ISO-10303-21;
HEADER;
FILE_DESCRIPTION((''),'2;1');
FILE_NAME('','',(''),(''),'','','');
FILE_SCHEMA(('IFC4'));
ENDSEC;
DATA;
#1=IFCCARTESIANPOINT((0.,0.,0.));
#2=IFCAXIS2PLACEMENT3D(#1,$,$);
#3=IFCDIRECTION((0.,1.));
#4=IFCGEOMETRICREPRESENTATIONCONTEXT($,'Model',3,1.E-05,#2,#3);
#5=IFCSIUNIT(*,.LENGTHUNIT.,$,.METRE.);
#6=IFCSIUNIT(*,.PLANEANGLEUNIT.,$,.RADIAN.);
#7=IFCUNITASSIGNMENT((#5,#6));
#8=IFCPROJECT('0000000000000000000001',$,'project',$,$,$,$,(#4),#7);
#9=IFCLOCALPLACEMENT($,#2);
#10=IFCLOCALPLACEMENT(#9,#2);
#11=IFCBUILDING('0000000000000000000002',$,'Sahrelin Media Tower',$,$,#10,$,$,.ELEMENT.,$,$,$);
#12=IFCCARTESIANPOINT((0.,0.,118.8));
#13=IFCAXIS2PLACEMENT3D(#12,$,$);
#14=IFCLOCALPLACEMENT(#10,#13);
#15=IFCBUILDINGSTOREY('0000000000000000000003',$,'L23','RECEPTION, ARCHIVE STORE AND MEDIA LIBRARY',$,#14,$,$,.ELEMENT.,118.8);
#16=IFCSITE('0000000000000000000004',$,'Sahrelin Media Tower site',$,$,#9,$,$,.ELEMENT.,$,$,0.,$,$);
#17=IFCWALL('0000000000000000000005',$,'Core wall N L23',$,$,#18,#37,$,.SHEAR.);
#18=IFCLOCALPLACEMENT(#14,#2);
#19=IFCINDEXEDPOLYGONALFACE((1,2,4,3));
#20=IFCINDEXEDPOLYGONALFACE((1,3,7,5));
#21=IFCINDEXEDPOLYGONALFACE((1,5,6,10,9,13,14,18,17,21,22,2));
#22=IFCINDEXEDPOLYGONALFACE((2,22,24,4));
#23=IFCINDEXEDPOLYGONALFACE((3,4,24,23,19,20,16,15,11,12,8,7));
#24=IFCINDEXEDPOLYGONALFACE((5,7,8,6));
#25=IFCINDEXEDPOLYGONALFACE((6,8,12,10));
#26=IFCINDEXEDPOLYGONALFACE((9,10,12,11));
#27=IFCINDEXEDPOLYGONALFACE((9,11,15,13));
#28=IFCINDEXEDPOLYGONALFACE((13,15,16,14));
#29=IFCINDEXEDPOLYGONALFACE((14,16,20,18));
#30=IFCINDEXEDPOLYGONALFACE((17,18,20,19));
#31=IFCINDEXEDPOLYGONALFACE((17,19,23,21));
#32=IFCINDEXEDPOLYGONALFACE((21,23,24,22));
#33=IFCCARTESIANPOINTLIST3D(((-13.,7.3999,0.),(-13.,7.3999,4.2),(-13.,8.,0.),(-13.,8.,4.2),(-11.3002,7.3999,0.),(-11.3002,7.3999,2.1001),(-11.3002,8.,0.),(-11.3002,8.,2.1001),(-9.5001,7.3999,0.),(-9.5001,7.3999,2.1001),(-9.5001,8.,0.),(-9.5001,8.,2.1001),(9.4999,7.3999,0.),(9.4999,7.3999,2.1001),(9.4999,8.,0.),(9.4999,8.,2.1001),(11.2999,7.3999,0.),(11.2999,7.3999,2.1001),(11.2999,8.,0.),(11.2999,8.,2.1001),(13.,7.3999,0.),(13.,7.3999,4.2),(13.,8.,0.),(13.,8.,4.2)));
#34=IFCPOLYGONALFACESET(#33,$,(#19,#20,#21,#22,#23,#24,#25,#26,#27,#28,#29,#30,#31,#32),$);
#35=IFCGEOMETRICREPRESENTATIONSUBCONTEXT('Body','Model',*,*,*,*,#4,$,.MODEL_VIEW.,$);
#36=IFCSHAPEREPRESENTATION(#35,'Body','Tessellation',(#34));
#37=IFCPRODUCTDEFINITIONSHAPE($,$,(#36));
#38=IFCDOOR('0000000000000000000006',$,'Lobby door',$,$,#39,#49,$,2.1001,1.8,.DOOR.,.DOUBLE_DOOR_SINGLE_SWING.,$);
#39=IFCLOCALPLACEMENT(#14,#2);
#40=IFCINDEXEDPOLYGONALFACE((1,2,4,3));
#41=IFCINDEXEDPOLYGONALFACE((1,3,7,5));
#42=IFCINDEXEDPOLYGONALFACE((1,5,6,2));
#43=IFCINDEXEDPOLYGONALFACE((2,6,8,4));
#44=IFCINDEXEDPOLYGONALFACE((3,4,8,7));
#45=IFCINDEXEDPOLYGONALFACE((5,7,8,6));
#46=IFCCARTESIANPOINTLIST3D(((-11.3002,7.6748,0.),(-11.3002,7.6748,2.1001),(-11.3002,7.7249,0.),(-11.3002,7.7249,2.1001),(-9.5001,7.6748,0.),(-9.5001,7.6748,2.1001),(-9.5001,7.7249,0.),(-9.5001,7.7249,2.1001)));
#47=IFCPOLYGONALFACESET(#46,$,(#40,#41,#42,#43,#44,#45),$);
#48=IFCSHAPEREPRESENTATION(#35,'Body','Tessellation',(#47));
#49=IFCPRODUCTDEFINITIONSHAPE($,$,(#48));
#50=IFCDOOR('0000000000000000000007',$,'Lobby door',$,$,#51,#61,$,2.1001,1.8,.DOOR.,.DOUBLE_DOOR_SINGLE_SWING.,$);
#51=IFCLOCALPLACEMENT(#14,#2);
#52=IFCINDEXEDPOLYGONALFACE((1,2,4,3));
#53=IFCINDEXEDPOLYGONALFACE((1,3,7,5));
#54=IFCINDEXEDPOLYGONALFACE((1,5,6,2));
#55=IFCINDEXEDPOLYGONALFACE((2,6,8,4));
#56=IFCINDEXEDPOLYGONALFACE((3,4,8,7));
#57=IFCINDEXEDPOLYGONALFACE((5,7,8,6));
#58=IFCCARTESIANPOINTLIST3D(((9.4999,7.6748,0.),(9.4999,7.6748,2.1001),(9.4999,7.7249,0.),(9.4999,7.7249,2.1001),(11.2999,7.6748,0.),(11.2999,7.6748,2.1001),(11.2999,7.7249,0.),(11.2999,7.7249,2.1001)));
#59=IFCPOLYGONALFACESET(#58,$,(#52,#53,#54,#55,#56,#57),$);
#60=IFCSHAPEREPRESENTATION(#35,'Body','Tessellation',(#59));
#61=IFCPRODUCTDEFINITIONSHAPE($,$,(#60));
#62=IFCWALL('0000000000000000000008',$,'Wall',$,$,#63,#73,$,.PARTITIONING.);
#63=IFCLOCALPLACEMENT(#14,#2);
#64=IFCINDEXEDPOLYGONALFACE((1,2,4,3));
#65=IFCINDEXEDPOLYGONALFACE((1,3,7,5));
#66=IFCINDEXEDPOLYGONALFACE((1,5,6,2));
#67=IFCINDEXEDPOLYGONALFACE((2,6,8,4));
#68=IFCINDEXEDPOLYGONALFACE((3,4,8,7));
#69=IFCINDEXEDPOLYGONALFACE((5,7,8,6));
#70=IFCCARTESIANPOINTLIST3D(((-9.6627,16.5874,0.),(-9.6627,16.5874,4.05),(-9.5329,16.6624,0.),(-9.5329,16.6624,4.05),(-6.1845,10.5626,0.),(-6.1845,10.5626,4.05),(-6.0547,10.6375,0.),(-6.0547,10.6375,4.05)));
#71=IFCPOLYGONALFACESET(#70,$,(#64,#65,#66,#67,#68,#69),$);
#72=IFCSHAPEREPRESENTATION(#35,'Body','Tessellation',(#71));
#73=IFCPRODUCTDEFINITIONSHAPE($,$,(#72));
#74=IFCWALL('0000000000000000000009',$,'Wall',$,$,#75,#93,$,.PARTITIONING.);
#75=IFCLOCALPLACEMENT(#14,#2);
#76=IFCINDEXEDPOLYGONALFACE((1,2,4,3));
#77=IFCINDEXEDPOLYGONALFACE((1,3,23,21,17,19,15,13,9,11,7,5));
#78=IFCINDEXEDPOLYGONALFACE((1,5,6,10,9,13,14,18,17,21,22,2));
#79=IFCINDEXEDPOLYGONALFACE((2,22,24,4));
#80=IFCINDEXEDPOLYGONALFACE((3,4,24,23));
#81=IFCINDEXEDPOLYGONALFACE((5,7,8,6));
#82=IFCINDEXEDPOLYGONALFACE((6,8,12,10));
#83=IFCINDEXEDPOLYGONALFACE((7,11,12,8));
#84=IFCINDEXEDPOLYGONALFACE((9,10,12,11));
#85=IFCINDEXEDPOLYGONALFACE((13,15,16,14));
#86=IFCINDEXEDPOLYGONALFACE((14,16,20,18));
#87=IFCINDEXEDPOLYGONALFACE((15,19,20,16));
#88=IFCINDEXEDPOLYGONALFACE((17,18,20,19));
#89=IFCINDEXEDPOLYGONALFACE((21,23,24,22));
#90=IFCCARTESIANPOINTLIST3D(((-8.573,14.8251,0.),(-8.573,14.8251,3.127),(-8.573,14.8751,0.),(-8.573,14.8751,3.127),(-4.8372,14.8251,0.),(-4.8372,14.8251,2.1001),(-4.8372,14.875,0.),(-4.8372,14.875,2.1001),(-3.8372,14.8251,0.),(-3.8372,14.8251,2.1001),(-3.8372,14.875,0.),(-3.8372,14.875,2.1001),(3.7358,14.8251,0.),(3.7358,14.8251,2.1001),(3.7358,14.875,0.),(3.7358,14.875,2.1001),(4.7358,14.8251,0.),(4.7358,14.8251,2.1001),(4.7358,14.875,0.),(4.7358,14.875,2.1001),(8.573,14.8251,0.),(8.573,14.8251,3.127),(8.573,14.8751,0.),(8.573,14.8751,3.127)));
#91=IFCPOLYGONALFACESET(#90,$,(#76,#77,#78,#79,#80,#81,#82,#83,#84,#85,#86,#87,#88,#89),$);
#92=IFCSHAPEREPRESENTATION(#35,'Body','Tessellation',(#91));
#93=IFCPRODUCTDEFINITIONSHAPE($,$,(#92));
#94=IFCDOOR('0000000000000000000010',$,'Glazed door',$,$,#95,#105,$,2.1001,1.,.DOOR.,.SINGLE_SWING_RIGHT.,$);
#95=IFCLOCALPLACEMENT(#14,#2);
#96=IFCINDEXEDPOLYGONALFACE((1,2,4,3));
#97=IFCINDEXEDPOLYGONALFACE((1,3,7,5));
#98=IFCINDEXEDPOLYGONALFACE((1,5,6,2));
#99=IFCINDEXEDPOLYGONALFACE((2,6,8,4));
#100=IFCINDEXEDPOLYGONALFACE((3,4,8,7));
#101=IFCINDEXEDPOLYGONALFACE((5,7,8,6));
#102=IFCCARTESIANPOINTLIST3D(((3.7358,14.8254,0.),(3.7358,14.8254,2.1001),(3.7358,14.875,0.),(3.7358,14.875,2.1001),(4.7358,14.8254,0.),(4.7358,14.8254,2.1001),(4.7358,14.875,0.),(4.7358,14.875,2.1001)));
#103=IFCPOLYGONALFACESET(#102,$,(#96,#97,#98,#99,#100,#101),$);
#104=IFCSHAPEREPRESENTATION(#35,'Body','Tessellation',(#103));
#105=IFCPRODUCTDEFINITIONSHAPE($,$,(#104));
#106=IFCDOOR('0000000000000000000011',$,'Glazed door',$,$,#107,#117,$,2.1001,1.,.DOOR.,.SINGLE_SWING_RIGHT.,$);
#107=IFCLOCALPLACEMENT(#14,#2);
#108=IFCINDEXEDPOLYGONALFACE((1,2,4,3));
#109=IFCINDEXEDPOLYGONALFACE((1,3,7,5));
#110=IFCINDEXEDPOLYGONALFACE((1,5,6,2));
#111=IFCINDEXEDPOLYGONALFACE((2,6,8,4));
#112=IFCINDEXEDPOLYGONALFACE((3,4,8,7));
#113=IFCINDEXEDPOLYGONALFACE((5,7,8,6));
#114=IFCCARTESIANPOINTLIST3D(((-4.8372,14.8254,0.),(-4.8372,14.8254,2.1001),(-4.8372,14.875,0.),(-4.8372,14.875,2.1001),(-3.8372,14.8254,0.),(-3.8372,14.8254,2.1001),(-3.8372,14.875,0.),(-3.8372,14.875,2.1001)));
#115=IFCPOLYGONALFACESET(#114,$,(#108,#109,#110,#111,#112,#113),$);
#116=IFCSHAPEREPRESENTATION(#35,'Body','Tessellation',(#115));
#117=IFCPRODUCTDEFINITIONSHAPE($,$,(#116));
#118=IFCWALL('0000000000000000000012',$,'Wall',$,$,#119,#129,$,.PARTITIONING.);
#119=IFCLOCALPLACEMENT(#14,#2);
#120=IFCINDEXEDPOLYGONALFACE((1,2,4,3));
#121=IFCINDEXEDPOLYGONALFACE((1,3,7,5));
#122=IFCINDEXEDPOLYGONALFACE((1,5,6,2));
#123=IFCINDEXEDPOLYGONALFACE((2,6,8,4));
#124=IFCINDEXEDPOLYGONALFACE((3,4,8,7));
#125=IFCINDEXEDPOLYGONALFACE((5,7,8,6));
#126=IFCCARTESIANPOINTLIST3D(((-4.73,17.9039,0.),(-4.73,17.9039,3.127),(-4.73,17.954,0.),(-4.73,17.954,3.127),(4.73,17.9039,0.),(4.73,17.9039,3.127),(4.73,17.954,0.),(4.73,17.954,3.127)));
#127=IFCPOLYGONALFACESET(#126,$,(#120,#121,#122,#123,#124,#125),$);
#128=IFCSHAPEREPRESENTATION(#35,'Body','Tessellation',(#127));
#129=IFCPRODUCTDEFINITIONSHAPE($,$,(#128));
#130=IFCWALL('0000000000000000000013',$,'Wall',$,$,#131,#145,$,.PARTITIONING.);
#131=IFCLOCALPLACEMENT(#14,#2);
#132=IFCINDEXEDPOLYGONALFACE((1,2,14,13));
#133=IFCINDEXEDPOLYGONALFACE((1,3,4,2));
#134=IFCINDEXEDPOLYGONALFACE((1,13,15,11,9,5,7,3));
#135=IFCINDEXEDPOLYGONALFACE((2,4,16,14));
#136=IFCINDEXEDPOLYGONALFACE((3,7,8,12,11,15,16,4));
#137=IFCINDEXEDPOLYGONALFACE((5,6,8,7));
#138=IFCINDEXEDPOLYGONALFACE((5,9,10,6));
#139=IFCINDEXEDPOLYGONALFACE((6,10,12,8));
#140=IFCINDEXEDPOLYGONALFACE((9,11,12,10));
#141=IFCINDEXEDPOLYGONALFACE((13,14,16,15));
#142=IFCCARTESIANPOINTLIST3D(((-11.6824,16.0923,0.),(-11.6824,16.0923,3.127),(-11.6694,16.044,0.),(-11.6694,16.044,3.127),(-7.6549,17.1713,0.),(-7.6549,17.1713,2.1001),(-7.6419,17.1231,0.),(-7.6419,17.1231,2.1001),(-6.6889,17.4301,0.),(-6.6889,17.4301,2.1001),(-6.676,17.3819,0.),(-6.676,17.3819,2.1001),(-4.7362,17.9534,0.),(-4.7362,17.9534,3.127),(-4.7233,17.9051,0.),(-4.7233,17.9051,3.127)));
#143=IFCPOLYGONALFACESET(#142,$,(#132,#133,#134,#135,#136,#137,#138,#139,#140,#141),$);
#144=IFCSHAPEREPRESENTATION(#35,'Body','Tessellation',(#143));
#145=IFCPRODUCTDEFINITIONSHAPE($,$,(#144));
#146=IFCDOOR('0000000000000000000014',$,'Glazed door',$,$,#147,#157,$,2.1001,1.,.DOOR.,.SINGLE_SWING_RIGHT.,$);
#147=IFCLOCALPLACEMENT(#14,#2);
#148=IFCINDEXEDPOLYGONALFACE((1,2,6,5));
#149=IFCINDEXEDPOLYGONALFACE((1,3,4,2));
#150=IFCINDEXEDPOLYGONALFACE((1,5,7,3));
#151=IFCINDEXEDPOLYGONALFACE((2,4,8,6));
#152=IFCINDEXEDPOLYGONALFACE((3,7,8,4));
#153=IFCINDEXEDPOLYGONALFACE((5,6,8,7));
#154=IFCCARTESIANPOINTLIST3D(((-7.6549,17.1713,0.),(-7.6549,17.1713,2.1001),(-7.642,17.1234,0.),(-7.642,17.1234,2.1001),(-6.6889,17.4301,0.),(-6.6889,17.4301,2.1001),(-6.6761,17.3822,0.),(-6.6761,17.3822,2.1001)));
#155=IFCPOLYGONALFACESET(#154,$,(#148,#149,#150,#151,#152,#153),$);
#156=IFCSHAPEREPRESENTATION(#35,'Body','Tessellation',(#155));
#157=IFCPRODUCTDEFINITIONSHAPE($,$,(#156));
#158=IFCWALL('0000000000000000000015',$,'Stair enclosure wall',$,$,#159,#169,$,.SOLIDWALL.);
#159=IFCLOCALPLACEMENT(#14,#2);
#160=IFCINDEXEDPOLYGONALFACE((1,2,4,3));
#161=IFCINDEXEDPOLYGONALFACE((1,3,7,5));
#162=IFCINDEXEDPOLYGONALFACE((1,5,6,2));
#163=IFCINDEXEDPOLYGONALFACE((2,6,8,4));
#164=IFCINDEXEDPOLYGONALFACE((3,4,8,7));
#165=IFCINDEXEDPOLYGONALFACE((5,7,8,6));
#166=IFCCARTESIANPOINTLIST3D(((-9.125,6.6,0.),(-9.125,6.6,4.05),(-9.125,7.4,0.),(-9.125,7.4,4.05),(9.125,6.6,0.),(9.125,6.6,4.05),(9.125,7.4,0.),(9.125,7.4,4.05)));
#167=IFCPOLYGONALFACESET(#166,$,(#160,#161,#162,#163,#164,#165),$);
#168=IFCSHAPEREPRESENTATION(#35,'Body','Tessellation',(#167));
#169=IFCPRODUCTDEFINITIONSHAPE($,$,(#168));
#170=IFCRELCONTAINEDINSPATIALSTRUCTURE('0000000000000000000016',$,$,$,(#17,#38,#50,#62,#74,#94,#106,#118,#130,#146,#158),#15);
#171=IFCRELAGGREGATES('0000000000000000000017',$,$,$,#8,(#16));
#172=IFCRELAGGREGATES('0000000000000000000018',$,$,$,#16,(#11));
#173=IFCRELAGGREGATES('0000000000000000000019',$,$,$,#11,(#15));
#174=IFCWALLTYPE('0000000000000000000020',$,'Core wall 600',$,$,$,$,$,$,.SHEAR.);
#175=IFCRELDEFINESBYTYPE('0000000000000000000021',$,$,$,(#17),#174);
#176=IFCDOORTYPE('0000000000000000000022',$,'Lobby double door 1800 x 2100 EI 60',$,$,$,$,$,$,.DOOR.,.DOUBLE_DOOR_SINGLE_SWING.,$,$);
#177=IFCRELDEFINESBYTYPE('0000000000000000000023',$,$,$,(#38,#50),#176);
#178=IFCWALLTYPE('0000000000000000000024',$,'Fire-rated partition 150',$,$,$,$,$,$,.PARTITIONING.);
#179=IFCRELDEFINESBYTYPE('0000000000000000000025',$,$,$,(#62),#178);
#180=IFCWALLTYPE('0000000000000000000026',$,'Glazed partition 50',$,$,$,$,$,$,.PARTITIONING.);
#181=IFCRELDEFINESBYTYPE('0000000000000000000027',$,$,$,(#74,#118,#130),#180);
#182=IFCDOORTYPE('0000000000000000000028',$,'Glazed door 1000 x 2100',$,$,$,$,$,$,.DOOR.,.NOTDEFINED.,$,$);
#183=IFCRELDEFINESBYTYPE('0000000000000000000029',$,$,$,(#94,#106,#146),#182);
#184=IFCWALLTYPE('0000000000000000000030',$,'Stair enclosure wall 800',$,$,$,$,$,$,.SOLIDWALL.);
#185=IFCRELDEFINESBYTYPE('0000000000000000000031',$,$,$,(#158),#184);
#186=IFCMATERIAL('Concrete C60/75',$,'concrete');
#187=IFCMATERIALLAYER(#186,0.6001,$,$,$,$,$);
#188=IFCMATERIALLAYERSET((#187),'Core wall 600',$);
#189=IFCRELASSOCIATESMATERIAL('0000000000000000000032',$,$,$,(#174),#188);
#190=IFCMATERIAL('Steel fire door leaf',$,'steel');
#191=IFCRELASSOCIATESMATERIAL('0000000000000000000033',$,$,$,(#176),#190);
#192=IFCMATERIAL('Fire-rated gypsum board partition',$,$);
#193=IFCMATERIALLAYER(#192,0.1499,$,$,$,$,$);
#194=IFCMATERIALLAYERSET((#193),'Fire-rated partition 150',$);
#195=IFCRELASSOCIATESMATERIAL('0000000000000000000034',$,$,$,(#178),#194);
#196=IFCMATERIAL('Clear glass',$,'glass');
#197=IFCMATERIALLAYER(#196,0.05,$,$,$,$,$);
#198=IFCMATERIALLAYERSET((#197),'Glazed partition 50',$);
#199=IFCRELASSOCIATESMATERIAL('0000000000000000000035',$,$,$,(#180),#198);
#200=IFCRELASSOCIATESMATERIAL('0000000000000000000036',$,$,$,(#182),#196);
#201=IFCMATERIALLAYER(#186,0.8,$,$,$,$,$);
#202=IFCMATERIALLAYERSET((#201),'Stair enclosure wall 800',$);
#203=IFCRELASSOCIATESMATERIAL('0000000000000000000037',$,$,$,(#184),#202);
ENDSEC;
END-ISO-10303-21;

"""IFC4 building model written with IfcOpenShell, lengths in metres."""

from ifc_helpers import new_model, si_unit, direction, frame, frame_2d, origin, place, context, subcontext, project, spatial, rectangle, extrude, material, layer, layer_set, type_object, element, fill, save


model = new_model("IFC4")

# Units and contexts
model_context = context("Model", 3, precision=1e-05, world=origin(), true_north=direction((0.0, 1.0)))
body_context = subcontext(model_context, "Body", "Model", "MODEL_VIEW")
ifc_project = project(units=[si_unit("LENGTHUNIT", "METRE"), si_unit("PLANEANGLEUNIT", "RADIAN")], contexts=[model_context])

# Site, building, storey
site_placement = place(None, origin())
site = spatial("IfcSite", under=ifc_project, at=site_placement, Name="Sahrelin Media Tower site", CompositionType="ELEMENT", RefElevation=0.0)
building_placement = place(site_placement, origin())
building = spatial("IfcBuilding", under=site, at=building_placement, Name="Sahrelin Media Tower", CompositionType="ELEMENT")
storey_placement = place(building_placement, frame((0.0, 0.0, 118.8)))
storey = spatial("IfcBuildingStorey", under=building, at=storey_placement, Name="L23", Description="RECEPTION, ARCHIVE STORE AND MEDIA LIBRARY", CompositionType="ELEMENT", Elevation=118.8)

# Wall, openings, doors
ifc_material_1 = material(Name="Concrete C60/75", Category="concrete")
ifc_layer_1 = layer(ifc_material_1, 0.6001)
ifc_layer_set_1 = layer_set([ifc_layer_1], Name="Core wall 600")
wall_type_1 = type_object("IfcWallType", Name="Core wall 600", PredefinedType="SHEAR", material=ifc_layer_set_1)
wall_1_placement = place(storey_placement, frame((-13.0, 7.7, 0.0), z_axis=(0.0, 0.0, 1.0), x_axis=(1.0, 0.0, 0.0)))
wall_1 = element("IfcWall", 1, at=wall_1_placement, inside=storey, type_object=wall_type_1, Name="Core wall N L23", PredefinedType="SHEAR", context=body_context, shape_type="SweptSolid", body=[
    extrude(rectangle(XDim=26.0, YDim=0.6001, at=frame_2d((13.0, 0.0))), origin(), (0.0, 0.0, 1.0), 4.2),
])
opening_1_placement = place(wall_1_placement, frame((1.7, 0.0, 0.0)))
opening_1 = element("IfcOpeningElement", 2, at=opening_1_placement, cuts=wall_1, PredefinedType="OPENING", context=body_context, shape_type="SweptSolid", body=[
    extrude(rectangle(XDim=1.8, YDim=2.1001, at=frame_2d((0.8999, 1.05))), frame((0.0, 0.3, 0.0), z_axis=(0.0, -1.0, 0.0), x_axis=(1.0, 0.0, 0.0)), (0.0, 0.0, 1.0), 0.6001),
])
opening_2_placement = place(wall_1_placement, frame((22.5, 0.0, 0.0)))
opening_2 = element("IfcOpeningElement", 3, at=opening_2_placement, cuts=wall_1, PredefinedType="OPENING", context=body_context, shape_type="SweptSolid", body=[
    extrude(rectangle(XDim=1.8, YDim=2.1001, at=frame_2d((0.8999, 1.05))), frame((0.0, 0.3, 0.0), z_axis=(0.0, -1.0, 0.0), x_axis=(1.0, 0.0, 0.0)), (0.0, 0.0, 1.0), 0.6001),
])
ifc_material_2 = material(Name="Steel fire door leaf", Category="steel")
door_type_1 = type_object("IfcDoorType", Name="Lobby double door 1800 x 2100 EI 60", OperationType="DOUBLE_DOOR_SINGLE_SWING", PredefinedType="DOOR", material=ifc_material_2)
door_1_placement = place(opening_1_placement, origin())
door_1 = element("IfcDoor", 4, at=door_1_placement, inside=storey, type_object=door_type_1, Name="Lobby door", OperationType="DOUBLE_DOOR_SINGLE_SWING", OverallHeight=2.1001, OverallWidth=1.8, PredefinedType="DOOR", context=body_context, shape_type="SweptSolid", body=[
    extrude(rectangle(XDim=1.8, YDim=2.1001, at=frame_2d((0.8999, 1.05))), frame((0.0, 0.0249, 0.0), z_axis=(0.0, -1.0, 0.0), x_axis=(1.0, 0.0, 0.0)), (0.0, 0.0, 1.0), 0.05),
])
fill(opening_1, door_1)
door_2_placement = place(opening_2_placement, origin())
door_2 = element("IfcDoor", 5, at=door_2_placement, inside=storey, type_object=door_type_1, Name="Lobby door", OperationType="DOUBLE_DOOR_SINGLE_SWING", OverallHeight=2.1001, OverallWidth=1.8, PredefinedType="DOOR", context=body_context, shape_type="SweptSolid", body=[
    extrude(rectangle(XDim=1.8, YDim=2.1001, at=frame_2d((0.8999, 1.05))), frame((0.0, 0.0249, 0.0), z_axis=(0.0, -1.0, 0.0), x_axis=(1.0, 0.0, 0.0)), (0.0, 0.0, 1.0), 0.05),
])
fill(opening_2, door_2)

# Wall
ifc_material_3 = material(Name="Fire-rated gypsum board partition")
ifc_layer_2 = layer(ifc_material_3, 0.1499)
ifc_layer_set_2 = layer_set([ifc_layer_2], Name="Fire-rated partition 150")
wall_type_2 = type_object("IfcWallType", Name="Fire-rated partition 150", PredefinedType="PARTITIONING", material=ifc_layer_set_2)
wall_2_placement = place(storey_placement, frame((-9.5979, 16.625, 0.0), z_axis=(0.0, 0.0, 1.0), x_axis=(0.499978, -0.866038, 0.0)))
element("IfcWall", 6, at=wall_2_placement, inside=storey, type_object=wall_type_2, Name="Wall", PredefinedType="PARTITIONING", context=body_context, shape_type="SweptSolid", body=[
    extrude(rectangle(XDim=6.9568, YDim=0.1499, at=frame_2d((3.4785, 0.0))), origin(), (0.0, 0.0, 1.0), 4.05),
])

# Wall, openings, doors
ifc_material_4 = material(Name="Clear glass", Category="glass")
ifc_layer_3 = layer(ifc_material_4, 0.05)
ifc_layer_set_3 = layer_set([ifc_layer_3], Name="Glazed partition 50")
wall_type_3 = type_object("IfcWallType", Name="Glazed partition 50", PredefinedType="PARTITIONING", material=ifc_layer_set_3)
wall_3_placement = place(storey_placement, frame((-8.573, 14.8501, 0.0), z_axis=(0.0, 0.0, 1.0), x_axis=(1.0, 0.0, 0.0)))
wall_3 = element("IfcWall", 7, at=wall_3_placement, inside=storey, type_object=wall_type_3, Name="Wall", PredefinedType="PARTITIONING", context=body_context, shape_type="SweptSolid", body=[
    extrude(rectangle(XDim=17.146, YDim=0.05, at=frame_2d((8.573, 0.0))), origin(), (0.0, 0.0, 1.0), 3.127),
])
opening_3_placement = place(wall_3_placement, frame((12.3088, 0.0, 0.0)))
opening_3 = element("IfcOpeningElement", 8, at=opening_3_placement, cuts=wall_3, PredefinedType="OPENING", context=body_context, shape_type="SweptSolid", body=[
    extrude(rectangle(XDim=1.0, YDim=2.1001, at=frame_2d((0.5, 1.05))), frame((0.0, 0.0249, 0.0), z_axis=(0.0, -1.0, 0.0), x_axis=(1.0, 0.0, 0.0)), (0.0, 0.0, 1.0), 0.05),
])
opening_4_placement = place(wall_3_placement, frame((3.7358, 0.0, 0.0)))
opening_4 = element("IfcOpeningElement", 9, at=opening_4_placement, cuts=wall_3, PredefinedType="OPENING", context=body_context, shape_type="SweptSolid", body=[
    extrude(rectangle(XDim=1.0, YDim=2.1001, at=frame_2d((0.5, 1.05))), frame((0.0, 0.0249, 0.0), z_axis=(0.0, -1.0, 0.0), x_axis=(1.0, 0.0, 0.0)), (0.0, 0.0, 1.0), 0.05),
])
door_type_2 = type_object("IfcDoorType", Name="Glazed door 1000 x 2100", OperationType="NOTDEFINED", PredefinedType="DOOR", material=ifc_material_4)
door_3_placement = place(opening_3_placement, origin())
door_3 = element("IfcDoor", 10, at=door_3_placement, inside=storey, type_object=door_type_2, Name="Glazed door", OperationType="SINGLE_SWING_RIGHT", OverallHeight=2.1001, OverallWidth=1.0, PredefinedType="DOOR", context=body_context, shape_type="SweptSolid", body=[
    extrude(rectangle(XDim=1.0, YDim=2.1001, at=frame_2d((0.5, 1.05))), frame((0.0, 0.0249, 0.0), z_axis=(0.0, -1.0, 0.0), x_axis=(1.0, 0.0, 0.0)), (0.0, 0.0, 1.0), 0.0496),
])
fill(opening_3, door_3)
door_4_placement = place(opening_4_placement, origin())
door_4 = element("IfcDoor", 11, at=door_4_placement, inside=storey, type_object=door_type_2, Name="Glazed door", OperationType="SINGLE_SWING_RIGHT", OverallHeight=2.1001, OverallWidth=1.0, PredefinedType="DOOR", context=body_context, shape_type="SweptSolid", body=[
    extrude(rectangle(XDim=1.0, YDim=2.1001, at=frame_2d((0.5, 1.05))), frame((0.0, 0.0249, 0.0), z_axis=(0.0, -1.0, 0.0), x_axis=(1.0, 0.0, 0.0)), (0.0, 0.0, 1.0), 0.0496),
])
fill(opening_4, door_4)

# Wall
wall_4_placement = place(storey_placement, frame((-4.73, 17.929, 0.0), z_axis=(0.0, 0.0, 1.0), x_axis=(1.0, 0.0, 0.0)))
element("IfcWall", 12, at=wall_4_placement, inside=storey, type_object=wall_type_3, Name="Wall", PredefinedType="PARTITIONING", context=body_context, shape_type="SweptSolid", body=[
    extrude(rectangle(XDim=9.46, YDim=0.05, at=frame_2d((4.73, 0.0))), origin(), (0.0, 0.0, 1.0), 3.127),
])

# Wall, opening, door
wall_5_placement = place(storey_placement, frame((-11.676, 16.0681, 0.0), z_axis=(0.0, 0.0, 1.0), x_axis=(0.965929, 0.258806, 0.0)))
wall_5 = element("IfcWall", 13, at=wall_5_placement, inside=storey, type_object=wall_type_3, Name="Wall", PredefinedType="PARTITIONING", context=body_context, shape_type="SweptSolid", body=[
    extrude(rectangle(XDim=7.1912, YDim=0.05, at=frame_2d((3.5957, 0.0))), origin(), (0.0, 0.0, 1.0), 3.127),
])
opening_5_placement = place(wall_5_placement, frame((4.1697, 0.0, 0.0)))
opening_5 = element("IfcOpeningElement", 14, at=opening_5_placement, cuts=wall_5, PredefinedType="OPENING", context=body_context, shape_type="SweptSolid", body=[
    extrude(rectangle(XDim=1.0, YDim=2.1001, at=frame_2d((0.5, 1.05))), frame((0.0, 0.0249, 0.0), z_axis=(0.0, -1.0, 0.0), x_axis=(1.0, 0.0, 0.0)), (0.0, 0.0, 1.0), 0.05),
])
door_5_placement = place(opening_5_placement, origin())
door_5 = element("IfcDoor", 15, at=door_5_placement, inside=storey, type_object=door_type_2, Name="Glazed door", OperationType="SINGLE_SWING_RIGHT", OverallHeight=2.1001, OverallWidth=1.0, PredefinedType="DOOR", context=body_context, shape_type="SweptSolid", body=[
    extrude(rectangle(XDim=1.0, YDim=2.1001, at=frame_2d((0.5, 1.05))), frame((0.0, 0.0249, 0.0), z_axis=(0.0, -1.0, 0.0), x_axis=(1.0, 0.0, 0.0)), (0.0, 0.0, 1.0), 0.0496),
])
fill(opening_5, door_5)

# Wall
ifc_layer_4 = layer(ifc_material_1, 0.8)
ifc_layer_set_4 = layer_set([ifc_layer_4], Name="Stair enclosure wall 800")
wall_type_4 = type_object("IfcWallType", Name="Stair enclosure wall 800", PredefinedType="SOLIDWALL", material=ifc_layer_set_4)
wall_6_placement = place(storey_placement, frame((-9.125, 7.0, 0.0), z_axis=(0.0, 0.0, 1.0), x_axis=(1.0, 0.0, 0.0)))
element("IfcWall", 16, at=wall_6_placement, inside=storey, type_object=wall_type_4, Name="Stair enclosure wall", PredefinedType="SOLIDWALL", context=body_context, shape_type="SweptSolid", body=[
    extrude(rectangle(XDim=18.25, YDim=0.8, at=frame_2d((9.125, 0.0))), origin(), (0.0, 0.0, 1.0), 4.05),
])

save(model, "model.ifc")
